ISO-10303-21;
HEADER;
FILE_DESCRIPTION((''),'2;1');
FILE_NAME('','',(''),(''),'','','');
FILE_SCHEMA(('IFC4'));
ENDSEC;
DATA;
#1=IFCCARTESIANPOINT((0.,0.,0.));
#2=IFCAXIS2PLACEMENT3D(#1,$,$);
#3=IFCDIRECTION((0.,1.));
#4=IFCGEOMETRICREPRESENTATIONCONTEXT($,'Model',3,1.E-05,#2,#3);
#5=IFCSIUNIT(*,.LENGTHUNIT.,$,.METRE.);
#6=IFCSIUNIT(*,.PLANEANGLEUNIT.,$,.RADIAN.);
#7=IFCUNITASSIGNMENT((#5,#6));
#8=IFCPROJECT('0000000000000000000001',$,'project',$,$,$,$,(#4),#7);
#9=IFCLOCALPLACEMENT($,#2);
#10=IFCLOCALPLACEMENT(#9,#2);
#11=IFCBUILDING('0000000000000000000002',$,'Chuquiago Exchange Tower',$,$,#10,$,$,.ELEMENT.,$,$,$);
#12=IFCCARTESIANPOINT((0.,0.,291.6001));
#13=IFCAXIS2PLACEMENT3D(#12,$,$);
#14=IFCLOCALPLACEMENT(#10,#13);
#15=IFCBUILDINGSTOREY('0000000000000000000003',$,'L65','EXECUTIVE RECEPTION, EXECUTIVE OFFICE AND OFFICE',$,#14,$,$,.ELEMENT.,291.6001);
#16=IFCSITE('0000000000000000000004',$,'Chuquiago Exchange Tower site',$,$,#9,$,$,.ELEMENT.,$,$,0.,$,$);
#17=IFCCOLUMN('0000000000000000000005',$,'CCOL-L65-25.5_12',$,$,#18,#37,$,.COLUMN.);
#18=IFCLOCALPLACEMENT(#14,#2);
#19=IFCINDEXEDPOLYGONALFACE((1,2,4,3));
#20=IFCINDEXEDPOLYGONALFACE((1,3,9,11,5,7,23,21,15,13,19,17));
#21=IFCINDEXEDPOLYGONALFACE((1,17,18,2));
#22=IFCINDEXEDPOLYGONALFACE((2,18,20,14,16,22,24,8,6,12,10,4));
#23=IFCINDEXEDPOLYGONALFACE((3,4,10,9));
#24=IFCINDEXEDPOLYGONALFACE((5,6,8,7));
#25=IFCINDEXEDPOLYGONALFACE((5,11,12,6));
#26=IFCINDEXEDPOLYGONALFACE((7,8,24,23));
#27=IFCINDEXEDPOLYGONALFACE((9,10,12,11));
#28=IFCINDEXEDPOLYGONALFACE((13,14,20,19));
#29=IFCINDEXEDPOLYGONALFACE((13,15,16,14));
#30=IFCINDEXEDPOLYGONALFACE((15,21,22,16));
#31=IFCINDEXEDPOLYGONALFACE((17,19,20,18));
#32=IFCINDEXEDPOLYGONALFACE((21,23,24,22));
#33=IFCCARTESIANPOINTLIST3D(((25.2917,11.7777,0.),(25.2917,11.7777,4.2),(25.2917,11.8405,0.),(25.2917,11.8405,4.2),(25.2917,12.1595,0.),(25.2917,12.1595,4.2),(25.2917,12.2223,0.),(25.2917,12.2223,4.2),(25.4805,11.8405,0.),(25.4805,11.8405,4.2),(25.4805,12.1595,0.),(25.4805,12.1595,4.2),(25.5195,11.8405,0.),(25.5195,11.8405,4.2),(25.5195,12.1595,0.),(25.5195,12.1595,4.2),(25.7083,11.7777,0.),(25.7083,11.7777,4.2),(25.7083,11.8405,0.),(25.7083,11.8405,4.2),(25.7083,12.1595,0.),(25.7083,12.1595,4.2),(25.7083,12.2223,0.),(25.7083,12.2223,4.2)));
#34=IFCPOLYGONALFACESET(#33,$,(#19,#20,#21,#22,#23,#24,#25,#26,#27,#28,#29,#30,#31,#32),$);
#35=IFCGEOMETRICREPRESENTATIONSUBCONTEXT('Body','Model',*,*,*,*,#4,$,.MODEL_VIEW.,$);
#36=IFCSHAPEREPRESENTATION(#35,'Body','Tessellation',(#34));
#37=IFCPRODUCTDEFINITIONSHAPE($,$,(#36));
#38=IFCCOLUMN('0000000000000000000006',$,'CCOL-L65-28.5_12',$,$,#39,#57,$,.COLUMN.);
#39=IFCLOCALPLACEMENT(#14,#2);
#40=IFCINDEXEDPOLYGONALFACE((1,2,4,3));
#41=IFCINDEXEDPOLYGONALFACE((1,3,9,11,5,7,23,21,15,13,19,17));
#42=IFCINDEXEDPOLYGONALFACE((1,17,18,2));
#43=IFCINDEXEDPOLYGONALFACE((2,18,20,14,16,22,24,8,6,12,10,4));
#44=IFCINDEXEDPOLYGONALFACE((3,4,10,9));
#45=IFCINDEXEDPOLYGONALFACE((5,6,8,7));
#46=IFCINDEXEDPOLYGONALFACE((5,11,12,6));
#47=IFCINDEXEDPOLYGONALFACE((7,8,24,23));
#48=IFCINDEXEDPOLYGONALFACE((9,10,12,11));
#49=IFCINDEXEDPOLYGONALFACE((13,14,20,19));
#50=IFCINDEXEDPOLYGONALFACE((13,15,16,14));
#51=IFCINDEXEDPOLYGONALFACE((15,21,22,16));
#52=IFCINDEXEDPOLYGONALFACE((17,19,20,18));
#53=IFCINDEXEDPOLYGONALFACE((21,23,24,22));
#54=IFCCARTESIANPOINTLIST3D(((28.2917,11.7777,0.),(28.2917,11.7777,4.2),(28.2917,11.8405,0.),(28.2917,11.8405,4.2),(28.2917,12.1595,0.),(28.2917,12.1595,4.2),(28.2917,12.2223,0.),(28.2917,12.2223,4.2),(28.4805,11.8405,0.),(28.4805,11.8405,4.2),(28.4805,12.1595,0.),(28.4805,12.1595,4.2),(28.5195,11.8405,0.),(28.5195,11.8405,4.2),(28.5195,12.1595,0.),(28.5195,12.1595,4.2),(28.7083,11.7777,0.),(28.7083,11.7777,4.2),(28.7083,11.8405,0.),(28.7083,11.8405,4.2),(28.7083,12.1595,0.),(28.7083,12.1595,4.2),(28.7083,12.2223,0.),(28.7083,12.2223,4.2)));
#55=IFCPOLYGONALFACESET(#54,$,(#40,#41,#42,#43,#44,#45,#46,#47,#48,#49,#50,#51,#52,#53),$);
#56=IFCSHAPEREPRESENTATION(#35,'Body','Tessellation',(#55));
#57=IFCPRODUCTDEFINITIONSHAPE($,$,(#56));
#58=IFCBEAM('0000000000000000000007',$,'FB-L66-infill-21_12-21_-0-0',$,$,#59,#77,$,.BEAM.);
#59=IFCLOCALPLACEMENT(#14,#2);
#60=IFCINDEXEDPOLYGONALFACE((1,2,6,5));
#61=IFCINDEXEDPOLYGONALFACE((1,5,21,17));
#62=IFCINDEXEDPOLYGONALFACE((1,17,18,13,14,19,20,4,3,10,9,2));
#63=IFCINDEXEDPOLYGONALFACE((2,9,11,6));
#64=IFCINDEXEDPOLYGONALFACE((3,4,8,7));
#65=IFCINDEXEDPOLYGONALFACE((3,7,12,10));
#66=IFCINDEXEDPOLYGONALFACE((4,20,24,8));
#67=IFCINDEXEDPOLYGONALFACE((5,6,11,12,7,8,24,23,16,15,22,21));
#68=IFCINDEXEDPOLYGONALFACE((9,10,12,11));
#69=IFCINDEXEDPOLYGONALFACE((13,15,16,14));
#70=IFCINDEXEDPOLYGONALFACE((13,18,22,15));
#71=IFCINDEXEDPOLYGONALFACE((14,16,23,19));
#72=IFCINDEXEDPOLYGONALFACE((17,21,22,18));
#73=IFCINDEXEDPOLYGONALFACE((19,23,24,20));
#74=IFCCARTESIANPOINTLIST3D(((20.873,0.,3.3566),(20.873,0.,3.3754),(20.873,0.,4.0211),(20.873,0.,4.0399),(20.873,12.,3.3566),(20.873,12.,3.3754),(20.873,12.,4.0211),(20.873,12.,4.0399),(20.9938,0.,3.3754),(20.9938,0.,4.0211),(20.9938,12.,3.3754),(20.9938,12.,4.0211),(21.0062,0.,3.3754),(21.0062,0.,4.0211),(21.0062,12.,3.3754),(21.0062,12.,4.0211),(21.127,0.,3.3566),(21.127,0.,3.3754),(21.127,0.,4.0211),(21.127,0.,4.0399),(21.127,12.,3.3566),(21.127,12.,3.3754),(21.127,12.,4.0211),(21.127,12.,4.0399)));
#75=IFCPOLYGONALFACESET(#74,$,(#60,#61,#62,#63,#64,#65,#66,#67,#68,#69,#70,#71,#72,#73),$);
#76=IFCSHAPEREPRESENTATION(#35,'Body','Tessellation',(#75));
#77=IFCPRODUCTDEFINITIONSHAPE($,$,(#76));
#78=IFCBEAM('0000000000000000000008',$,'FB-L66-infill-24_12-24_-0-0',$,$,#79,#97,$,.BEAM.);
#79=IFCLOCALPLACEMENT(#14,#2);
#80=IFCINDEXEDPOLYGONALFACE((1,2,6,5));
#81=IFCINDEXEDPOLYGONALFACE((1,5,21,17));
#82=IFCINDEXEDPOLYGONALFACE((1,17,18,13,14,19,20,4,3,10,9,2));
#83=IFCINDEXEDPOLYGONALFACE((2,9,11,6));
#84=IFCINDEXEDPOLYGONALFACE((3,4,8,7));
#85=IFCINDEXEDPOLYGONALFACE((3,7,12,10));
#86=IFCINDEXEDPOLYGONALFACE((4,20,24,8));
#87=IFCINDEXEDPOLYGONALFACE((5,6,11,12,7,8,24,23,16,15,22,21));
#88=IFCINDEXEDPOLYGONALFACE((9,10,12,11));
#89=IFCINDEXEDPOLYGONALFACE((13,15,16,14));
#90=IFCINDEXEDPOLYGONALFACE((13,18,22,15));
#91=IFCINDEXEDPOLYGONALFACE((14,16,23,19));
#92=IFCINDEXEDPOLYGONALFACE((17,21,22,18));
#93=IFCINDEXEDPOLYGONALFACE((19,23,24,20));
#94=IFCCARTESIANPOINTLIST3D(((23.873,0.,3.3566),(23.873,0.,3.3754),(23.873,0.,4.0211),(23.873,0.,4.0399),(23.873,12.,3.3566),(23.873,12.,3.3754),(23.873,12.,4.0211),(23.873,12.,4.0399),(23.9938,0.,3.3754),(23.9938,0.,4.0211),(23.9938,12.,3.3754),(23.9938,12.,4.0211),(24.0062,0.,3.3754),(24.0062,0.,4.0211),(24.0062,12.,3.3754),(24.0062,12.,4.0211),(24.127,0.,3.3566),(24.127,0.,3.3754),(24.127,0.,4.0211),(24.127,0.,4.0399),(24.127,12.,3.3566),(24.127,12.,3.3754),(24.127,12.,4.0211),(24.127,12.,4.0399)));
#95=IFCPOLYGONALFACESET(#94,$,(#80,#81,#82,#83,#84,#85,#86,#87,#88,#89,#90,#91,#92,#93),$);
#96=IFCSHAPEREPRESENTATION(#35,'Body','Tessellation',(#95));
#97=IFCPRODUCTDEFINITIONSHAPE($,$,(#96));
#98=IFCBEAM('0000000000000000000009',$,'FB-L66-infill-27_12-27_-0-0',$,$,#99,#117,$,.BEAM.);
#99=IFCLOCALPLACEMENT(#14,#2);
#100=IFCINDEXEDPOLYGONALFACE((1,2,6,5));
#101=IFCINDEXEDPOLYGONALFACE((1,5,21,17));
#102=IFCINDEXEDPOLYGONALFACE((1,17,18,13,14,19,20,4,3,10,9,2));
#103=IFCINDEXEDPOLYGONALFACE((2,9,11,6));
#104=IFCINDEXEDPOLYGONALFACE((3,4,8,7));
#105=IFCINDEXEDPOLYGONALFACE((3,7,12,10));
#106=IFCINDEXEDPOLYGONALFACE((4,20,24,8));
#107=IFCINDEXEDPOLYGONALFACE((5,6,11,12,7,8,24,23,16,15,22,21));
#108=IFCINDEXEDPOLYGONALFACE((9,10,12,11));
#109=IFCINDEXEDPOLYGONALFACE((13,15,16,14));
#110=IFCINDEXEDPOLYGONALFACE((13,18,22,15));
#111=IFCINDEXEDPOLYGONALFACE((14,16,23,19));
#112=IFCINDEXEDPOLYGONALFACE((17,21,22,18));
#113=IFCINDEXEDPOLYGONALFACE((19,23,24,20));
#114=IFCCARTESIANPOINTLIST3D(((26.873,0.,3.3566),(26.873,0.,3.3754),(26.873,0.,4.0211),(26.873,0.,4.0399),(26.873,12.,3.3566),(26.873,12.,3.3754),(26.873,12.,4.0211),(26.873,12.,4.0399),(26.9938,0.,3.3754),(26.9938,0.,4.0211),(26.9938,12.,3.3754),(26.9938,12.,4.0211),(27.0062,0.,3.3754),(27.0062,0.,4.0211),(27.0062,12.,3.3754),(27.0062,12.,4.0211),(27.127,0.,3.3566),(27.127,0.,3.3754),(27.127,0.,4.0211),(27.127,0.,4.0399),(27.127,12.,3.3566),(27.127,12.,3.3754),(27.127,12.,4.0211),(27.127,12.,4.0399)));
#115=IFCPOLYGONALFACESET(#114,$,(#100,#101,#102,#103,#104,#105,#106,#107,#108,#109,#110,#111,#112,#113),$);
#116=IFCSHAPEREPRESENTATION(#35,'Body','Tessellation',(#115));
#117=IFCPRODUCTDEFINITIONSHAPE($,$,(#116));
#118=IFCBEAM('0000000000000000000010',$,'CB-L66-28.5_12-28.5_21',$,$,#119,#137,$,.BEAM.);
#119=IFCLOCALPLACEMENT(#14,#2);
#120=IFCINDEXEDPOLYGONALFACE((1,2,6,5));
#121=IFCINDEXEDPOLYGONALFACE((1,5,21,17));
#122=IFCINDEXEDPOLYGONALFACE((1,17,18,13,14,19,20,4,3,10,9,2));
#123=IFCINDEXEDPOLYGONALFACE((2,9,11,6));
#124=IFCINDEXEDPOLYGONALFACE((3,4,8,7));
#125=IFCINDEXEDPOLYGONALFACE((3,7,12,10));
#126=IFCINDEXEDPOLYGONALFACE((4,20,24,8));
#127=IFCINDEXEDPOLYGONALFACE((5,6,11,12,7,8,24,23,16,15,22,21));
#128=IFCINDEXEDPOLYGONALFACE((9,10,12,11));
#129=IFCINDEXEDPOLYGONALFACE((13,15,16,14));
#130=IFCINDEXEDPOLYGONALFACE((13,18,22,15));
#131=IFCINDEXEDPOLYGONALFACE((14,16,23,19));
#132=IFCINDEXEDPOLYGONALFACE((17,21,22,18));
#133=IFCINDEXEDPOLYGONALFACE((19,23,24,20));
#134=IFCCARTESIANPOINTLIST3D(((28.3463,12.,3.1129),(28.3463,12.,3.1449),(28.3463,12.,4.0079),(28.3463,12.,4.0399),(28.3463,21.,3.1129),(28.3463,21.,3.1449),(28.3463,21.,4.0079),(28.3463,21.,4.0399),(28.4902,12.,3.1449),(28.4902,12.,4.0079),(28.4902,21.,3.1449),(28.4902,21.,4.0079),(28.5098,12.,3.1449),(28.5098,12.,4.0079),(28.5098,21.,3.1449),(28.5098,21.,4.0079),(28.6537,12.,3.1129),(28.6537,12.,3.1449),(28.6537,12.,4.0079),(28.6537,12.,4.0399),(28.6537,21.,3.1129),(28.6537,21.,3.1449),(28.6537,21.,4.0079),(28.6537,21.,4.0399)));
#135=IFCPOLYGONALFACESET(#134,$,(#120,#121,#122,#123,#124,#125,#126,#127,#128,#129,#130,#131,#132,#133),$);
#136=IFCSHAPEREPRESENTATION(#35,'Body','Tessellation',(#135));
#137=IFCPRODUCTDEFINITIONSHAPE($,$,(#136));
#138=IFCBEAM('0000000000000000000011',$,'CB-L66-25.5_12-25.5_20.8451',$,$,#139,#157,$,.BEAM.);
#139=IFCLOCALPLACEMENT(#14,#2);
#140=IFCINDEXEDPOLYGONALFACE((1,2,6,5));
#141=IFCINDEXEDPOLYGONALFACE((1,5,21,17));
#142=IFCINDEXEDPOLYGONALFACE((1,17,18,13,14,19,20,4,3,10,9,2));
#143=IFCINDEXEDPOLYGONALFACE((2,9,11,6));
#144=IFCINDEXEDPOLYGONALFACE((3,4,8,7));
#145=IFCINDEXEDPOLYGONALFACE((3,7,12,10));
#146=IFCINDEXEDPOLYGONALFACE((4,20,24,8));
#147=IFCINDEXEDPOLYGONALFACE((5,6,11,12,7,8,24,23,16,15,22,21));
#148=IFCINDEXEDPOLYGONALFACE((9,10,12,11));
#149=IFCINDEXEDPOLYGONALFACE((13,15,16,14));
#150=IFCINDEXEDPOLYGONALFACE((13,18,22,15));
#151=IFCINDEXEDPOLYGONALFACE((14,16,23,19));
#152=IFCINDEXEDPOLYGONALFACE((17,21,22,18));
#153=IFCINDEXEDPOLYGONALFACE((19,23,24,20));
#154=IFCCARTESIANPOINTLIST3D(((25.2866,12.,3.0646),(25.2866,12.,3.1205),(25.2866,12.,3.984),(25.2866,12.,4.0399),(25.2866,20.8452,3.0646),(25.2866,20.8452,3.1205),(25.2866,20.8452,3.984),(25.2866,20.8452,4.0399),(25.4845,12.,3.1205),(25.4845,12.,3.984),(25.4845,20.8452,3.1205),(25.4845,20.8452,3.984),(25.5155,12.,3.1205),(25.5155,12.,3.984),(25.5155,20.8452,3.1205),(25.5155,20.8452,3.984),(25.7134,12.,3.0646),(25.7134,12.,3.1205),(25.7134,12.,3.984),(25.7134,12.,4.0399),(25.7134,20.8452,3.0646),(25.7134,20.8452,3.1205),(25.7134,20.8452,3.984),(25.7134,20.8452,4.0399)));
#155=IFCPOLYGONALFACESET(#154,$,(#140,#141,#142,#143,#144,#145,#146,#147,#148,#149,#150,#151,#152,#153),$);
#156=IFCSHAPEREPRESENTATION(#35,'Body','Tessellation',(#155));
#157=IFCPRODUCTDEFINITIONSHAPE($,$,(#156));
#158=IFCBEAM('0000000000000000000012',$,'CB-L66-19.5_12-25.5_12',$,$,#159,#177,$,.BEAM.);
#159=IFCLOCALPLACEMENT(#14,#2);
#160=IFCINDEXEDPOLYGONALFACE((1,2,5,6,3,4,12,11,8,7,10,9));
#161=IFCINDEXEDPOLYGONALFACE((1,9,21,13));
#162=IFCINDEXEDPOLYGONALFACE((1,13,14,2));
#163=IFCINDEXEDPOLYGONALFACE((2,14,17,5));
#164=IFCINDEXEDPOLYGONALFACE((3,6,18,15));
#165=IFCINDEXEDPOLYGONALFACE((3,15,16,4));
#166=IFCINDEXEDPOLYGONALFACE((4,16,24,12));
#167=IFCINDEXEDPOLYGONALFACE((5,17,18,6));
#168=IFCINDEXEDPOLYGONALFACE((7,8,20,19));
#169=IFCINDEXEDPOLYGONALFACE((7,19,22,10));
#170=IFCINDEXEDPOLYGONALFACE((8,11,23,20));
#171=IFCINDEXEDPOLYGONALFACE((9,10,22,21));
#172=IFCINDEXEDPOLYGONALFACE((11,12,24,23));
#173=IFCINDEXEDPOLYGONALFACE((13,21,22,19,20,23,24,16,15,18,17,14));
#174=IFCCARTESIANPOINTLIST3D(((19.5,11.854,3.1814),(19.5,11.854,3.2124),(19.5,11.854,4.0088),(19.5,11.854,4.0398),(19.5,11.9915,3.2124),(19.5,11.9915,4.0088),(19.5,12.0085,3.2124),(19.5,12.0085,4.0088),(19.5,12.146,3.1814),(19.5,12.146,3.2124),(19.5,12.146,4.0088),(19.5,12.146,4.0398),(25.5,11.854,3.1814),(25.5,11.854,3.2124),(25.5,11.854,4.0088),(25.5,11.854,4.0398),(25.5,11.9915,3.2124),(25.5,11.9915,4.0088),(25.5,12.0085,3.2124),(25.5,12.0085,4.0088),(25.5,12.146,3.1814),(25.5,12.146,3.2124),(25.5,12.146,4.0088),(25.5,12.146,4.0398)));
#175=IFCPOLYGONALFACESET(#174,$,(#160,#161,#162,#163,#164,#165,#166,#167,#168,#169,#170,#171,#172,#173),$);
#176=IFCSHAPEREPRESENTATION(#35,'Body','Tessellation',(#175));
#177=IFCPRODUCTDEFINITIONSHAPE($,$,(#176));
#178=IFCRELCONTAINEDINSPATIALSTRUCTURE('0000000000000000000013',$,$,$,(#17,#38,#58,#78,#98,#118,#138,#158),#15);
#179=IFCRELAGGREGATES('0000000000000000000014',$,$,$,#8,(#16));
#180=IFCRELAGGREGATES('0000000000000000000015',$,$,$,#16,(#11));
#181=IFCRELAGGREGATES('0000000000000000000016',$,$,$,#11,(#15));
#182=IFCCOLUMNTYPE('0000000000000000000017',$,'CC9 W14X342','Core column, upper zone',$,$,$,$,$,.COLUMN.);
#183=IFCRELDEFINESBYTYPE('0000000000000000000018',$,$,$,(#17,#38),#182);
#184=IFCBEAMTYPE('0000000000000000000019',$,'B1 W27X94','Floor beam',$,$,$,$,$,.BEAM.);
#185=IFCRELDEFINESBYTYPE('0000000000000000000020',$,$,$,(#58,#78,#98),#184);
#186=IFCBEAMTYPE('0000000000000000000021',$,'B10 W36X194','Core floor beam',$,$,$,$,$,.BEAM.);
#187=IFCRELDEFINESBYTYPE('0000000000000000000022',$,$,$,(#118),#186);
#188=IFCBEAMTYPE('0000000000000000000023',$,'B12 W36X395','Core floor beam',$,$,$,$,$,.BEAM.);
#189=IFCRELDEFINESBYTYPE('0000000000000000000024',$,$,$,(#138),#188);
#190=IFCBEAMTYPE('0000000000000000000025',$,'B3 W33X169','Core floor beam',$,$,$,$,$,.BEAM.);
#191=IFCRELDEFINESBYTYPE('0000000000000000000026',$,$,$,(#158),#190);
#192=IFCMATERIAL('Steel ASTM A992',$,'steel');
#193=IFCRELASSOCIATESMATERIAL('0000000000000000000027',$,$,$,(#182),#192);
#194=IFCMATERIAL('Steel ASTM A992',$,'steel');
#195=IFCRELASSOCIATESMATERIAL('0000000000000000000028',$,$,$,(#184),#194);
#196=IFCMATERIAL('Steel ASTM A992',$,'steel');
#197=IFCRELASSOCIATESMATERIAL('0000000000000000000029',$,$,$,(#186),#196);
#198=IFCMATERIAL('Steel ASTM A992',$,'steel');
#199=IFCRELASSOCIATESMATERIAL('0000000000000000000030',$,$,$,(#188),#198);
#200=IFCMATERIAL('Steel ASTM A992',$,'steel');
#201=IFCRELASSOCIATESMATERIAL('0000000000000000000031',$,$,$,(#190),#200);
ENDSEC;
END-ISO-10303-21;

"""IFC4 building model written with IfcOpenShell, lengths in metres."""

from ifc_helpers import new_model, si_unit, direction, frame, origin, origin_2d, place, context, subcontext, project, spatial, i_section, extrude, material, material_profile, profile_set, type_object, element, save


model = new_model("IFC4")

# Units and contexts
model_context = context("Model", 3, precision=1e-05, world=origin(), true_north=direction((0.0, 1.0)))
body_context = subcontext(model_context, "Body", "Model", "MODEL_VIEW")
ifc_project = project(units=[si_unit("LENGTHUNIT", "METRE"), si_unit("PLANEANGLEUNIT", "RADIAN")], contexts=[model_context])

# Site, building, storey
site_placement = place(None, origin())
site = spatial("IfcSite", under=ifc_project, at=site_placement, Name="Chuquiago Exchange Tower site", CompositionType="ELEMENT", RefElevation=0.0)
building_placement = place(site_placement, origin())
building = spatial("IfcBuilding", under=site, at=building_placement, Name="Chuquiago Exchange Tower", CompositionType="ELEMENT")
storey_placement = place(building_placement, frame((0.0, 0.0, 291.6001)))
storey = spatial("IfcBuildingStorey", under=building, at=storey_placement, Name="L65", Description="EXECUTIVE RECEPTION, EXECUTIVE OFFICE AND OFFICE", CompositionType="ELEMENT", Elevation=291.6001)

# Columns
ifc_material_1 = material(Name="Steel ASTM A992", Category="steel")
ifc_material_profile_1 = material_profile(ifc_material_1, i_section(OverallWidth=0.4165, OverallDepth=0.4446, WebThickness=0.0391, FlangeThickness=0.0627, at=origin_2d()), Name="W14X342")
ifc_profile_set_1 = profile_set([ifc_material_profile_1], Name="Steel ASTM A992")
column_type = type_object("IfcColumnType", Name="CC9 W14X342", Description="Core column, upper zone", PredefinedType="COLUMN", material=ifc_profile_set_1)
for number, where, z_axis, x_axis, name in (
    (1, (25.5, 12.0, 0.0), (0.0, 0.0, 1.0), (1.0, 0.0, 0.0), "CCOL-L65-25.5_12"),
    (2, (28.5, 12.0, 0.0), (0.0, 0.0, 1.0), (1.0, 0.0, 0.0), "CCOL-L65-28.5_12"),
):
    element("IfcColumn", number, at=place(storey_placement, frame(where, z_axis=z_axis, x_axis=x_axis)), inside=storey, type_object=column_type, Name=name, PredefinedType="COLUMN", context=body_context, shape_type="SweptSolid", body=[
        extrude(i_section(OverallWidth=0.4165, OverallDepth=0.4446, WebThickness=0.0391, FlangeThickness=0.0627, at=origin_2d()), origin(), (0.0, 0.0, 1.0), 4.2),
    ])

# Beams
ifc_material_2 = material(Name="Steel ASTM A992", Category="steel")
ifc_material_profile_2 = material_profile(ifc_material_2, i_section(OverallWidth=0.2539, OverallDepth=0.6833, WebThickness=0.0125, FlangeThickness=0.0188, at=origin_2d()), Name="W27X94")
ifc_profile_set_2 = profile_set([ifc_material_profile_2], Name="Steel ASTM A992")
beam_type_1 = type_object("IfcBeamType", Name="B1 W27X94", Description="Floor beam", PredefinedType="BEAM", material=ifc_profile_set_2)
for number, where, z_axis, x_axis, name in (
    (3, (21.0, 12.0, 3.6982), (0.0, -1.0, 0.0), (1.0, 0.0, 0.0), "FB-L66-infill-21_12-21_-0-0"),
    (4, (24.0, 12.0, 3.6982), (0.0, -1.0, 0.0), (1.0, 0.0, 0.0), "FB-L66-infill-24_12-24_-0-0"),
    (5, (27.0, 12.0, 3.6982), (0.0, -1.0, 0.0), (1.0, 0.0, 0.0), "FB-L66-infill-27_12-27_-0-0"),
):
    element("IfcBeam", number, at=place(storey_placement, frame(where, z_axis=z_axis, x_axis=x_axis)), inside=storey, type_object=beam_type_1, Name=name, PredefinedType="BEAM", context=body_context, shape_type="SweptSolid", body=[
        extrude(i_section(OverallWidth=0.2539, OverallDepth=0.6833, WebThickness=0.0125, FlangeThickness=0.0188, at=origin_2d()), origin(), (0.0, 0.0, 1.0), 12.0),
    ])
ifc_material_3 = material(Name="Steel ASTM A992", Category="steel")
ifc_material_profile_3 = material_profile(ifc_material_3, i_section(OverallWidth=0.3074, OverallDepth=0.927, WebThickness=0.0195, FlangeThickness=0.032, at=origin_2d()), Name="W36X194")
ifc_profile_set_3 = profile_set([ifc_material_profile_3], Name="Steel ASTM A992")
beam_type_2 = type_object("IfcBeamType", Name="B10 W36X194", Description="Core floor beam", PredefinedType="BEAM", material=ifc_profile_set_3)
beam_1_placement = place(storey_placement, frame((28.5, 12.0, 3.5764), z_axis=(0.0, 1.0, 0.0), x_axis=(-1.0, 0.0, 0.0)))
element("IfcBeam", 6, at=beam_1_placement, inside=storey, type_object=beam_type_2, Name="CB-L66-28.5_12-28.5_21", PredefinedType="BEAM", context=body_context, shape_type="SweptSolid", body=[
    extrude(i_section(OverallWidth=0.3074, OverallDepth=0.927, WebThickness=0.0195, FlangeThickness=0.032, at=origin_2d()), origin(), (0.0, 0.0, 1.0), 9.0),
])
ifc_material_4 = material(Name="Steel ASTM A992", Category="steel")
ifc_material_profile_4 = material_profile(ifc_material_4, i_section(OverallWidth=0.4268, OverallDepth=0.9753, WebThickness=0.031, FlangeThickness=0.0559, at=origin_2d()), Name="W36X395")
ifc_profile_set_4 = profile_set([ifc_material_profile_4], Name="Steel ASTM A992")
beam_type_3 = type_object("IfcBeamType", Name="B12 W36X395", Description="Core floor beam", PredefinedType="BEAM", material=ifc_profile_set_4)
beam_2_placement = place(storey_placement, frame((25.5, 12.0, 3.5522), z_axis=(0.0, 1.0, 0.0), x_axis=(-1.0, 0.0, 0.0)))
element("IfcBeam", 7, at=beam_2_placement, inside=storey, type_object=beam_type_3, Name="CB-L66-25.5_12-25.5_20.8451", PredefinedType="BEAM", context=body_context, shape_type="SweptSolid", body=[
    extrude(i_section(OverallWidth=0.4268, OverallDepth=0.9753, WebThickness=0.031, FlangeThickness=0.0559, at=origin_2d()), origin(), (0.0, 0.0, 1.0), 8.8452),
])
ifc_material_5 = material(Name="Steel ASTM A992", Category="steel")
ifc_material_profile_5 = material_profile(ifc_material_5, i_section(OverallWidth=0.292, OverallDepth=0.8584, WebThickness=0.0171, FlangeThickness=0.031, at=origin_2d()), Name="W33X169")
ifc_profile_set_5 = profile_set([ifc_material_profile_5], Name="Steel ASTM A992")
beam_type_4 = type_object("IfcBeamType", Name="B3 W33X169", Description="Core floor beam", PredefinedType="BEAM", material=ifc_profile_set_5)
beam_3_placement = place(storey_placement, frame((19.5, 12.0, 3.6106), z_axis=(1.0, 0.0, 0.0), x_axis=(0.0, 1.0, 0.0)))
element("IfcBeam", 8, at=beam_3_placement, inside=storey, type_object=beam_type_4, Name="CB-L66-19.5_12-25.5_12", PredefinedType="BEAM", context=body_context, shape_type="SweptSolid", body=[
    extrude(i_section(OverallWidth=0.292, OverallDepth=0.8584, WebThickness=0.0171, FlangeThickness=0.031, at=origin_2d()), origin(), (0.0, 0.0, 1.0), 6.0),
])

save(model, "model.ifc")
